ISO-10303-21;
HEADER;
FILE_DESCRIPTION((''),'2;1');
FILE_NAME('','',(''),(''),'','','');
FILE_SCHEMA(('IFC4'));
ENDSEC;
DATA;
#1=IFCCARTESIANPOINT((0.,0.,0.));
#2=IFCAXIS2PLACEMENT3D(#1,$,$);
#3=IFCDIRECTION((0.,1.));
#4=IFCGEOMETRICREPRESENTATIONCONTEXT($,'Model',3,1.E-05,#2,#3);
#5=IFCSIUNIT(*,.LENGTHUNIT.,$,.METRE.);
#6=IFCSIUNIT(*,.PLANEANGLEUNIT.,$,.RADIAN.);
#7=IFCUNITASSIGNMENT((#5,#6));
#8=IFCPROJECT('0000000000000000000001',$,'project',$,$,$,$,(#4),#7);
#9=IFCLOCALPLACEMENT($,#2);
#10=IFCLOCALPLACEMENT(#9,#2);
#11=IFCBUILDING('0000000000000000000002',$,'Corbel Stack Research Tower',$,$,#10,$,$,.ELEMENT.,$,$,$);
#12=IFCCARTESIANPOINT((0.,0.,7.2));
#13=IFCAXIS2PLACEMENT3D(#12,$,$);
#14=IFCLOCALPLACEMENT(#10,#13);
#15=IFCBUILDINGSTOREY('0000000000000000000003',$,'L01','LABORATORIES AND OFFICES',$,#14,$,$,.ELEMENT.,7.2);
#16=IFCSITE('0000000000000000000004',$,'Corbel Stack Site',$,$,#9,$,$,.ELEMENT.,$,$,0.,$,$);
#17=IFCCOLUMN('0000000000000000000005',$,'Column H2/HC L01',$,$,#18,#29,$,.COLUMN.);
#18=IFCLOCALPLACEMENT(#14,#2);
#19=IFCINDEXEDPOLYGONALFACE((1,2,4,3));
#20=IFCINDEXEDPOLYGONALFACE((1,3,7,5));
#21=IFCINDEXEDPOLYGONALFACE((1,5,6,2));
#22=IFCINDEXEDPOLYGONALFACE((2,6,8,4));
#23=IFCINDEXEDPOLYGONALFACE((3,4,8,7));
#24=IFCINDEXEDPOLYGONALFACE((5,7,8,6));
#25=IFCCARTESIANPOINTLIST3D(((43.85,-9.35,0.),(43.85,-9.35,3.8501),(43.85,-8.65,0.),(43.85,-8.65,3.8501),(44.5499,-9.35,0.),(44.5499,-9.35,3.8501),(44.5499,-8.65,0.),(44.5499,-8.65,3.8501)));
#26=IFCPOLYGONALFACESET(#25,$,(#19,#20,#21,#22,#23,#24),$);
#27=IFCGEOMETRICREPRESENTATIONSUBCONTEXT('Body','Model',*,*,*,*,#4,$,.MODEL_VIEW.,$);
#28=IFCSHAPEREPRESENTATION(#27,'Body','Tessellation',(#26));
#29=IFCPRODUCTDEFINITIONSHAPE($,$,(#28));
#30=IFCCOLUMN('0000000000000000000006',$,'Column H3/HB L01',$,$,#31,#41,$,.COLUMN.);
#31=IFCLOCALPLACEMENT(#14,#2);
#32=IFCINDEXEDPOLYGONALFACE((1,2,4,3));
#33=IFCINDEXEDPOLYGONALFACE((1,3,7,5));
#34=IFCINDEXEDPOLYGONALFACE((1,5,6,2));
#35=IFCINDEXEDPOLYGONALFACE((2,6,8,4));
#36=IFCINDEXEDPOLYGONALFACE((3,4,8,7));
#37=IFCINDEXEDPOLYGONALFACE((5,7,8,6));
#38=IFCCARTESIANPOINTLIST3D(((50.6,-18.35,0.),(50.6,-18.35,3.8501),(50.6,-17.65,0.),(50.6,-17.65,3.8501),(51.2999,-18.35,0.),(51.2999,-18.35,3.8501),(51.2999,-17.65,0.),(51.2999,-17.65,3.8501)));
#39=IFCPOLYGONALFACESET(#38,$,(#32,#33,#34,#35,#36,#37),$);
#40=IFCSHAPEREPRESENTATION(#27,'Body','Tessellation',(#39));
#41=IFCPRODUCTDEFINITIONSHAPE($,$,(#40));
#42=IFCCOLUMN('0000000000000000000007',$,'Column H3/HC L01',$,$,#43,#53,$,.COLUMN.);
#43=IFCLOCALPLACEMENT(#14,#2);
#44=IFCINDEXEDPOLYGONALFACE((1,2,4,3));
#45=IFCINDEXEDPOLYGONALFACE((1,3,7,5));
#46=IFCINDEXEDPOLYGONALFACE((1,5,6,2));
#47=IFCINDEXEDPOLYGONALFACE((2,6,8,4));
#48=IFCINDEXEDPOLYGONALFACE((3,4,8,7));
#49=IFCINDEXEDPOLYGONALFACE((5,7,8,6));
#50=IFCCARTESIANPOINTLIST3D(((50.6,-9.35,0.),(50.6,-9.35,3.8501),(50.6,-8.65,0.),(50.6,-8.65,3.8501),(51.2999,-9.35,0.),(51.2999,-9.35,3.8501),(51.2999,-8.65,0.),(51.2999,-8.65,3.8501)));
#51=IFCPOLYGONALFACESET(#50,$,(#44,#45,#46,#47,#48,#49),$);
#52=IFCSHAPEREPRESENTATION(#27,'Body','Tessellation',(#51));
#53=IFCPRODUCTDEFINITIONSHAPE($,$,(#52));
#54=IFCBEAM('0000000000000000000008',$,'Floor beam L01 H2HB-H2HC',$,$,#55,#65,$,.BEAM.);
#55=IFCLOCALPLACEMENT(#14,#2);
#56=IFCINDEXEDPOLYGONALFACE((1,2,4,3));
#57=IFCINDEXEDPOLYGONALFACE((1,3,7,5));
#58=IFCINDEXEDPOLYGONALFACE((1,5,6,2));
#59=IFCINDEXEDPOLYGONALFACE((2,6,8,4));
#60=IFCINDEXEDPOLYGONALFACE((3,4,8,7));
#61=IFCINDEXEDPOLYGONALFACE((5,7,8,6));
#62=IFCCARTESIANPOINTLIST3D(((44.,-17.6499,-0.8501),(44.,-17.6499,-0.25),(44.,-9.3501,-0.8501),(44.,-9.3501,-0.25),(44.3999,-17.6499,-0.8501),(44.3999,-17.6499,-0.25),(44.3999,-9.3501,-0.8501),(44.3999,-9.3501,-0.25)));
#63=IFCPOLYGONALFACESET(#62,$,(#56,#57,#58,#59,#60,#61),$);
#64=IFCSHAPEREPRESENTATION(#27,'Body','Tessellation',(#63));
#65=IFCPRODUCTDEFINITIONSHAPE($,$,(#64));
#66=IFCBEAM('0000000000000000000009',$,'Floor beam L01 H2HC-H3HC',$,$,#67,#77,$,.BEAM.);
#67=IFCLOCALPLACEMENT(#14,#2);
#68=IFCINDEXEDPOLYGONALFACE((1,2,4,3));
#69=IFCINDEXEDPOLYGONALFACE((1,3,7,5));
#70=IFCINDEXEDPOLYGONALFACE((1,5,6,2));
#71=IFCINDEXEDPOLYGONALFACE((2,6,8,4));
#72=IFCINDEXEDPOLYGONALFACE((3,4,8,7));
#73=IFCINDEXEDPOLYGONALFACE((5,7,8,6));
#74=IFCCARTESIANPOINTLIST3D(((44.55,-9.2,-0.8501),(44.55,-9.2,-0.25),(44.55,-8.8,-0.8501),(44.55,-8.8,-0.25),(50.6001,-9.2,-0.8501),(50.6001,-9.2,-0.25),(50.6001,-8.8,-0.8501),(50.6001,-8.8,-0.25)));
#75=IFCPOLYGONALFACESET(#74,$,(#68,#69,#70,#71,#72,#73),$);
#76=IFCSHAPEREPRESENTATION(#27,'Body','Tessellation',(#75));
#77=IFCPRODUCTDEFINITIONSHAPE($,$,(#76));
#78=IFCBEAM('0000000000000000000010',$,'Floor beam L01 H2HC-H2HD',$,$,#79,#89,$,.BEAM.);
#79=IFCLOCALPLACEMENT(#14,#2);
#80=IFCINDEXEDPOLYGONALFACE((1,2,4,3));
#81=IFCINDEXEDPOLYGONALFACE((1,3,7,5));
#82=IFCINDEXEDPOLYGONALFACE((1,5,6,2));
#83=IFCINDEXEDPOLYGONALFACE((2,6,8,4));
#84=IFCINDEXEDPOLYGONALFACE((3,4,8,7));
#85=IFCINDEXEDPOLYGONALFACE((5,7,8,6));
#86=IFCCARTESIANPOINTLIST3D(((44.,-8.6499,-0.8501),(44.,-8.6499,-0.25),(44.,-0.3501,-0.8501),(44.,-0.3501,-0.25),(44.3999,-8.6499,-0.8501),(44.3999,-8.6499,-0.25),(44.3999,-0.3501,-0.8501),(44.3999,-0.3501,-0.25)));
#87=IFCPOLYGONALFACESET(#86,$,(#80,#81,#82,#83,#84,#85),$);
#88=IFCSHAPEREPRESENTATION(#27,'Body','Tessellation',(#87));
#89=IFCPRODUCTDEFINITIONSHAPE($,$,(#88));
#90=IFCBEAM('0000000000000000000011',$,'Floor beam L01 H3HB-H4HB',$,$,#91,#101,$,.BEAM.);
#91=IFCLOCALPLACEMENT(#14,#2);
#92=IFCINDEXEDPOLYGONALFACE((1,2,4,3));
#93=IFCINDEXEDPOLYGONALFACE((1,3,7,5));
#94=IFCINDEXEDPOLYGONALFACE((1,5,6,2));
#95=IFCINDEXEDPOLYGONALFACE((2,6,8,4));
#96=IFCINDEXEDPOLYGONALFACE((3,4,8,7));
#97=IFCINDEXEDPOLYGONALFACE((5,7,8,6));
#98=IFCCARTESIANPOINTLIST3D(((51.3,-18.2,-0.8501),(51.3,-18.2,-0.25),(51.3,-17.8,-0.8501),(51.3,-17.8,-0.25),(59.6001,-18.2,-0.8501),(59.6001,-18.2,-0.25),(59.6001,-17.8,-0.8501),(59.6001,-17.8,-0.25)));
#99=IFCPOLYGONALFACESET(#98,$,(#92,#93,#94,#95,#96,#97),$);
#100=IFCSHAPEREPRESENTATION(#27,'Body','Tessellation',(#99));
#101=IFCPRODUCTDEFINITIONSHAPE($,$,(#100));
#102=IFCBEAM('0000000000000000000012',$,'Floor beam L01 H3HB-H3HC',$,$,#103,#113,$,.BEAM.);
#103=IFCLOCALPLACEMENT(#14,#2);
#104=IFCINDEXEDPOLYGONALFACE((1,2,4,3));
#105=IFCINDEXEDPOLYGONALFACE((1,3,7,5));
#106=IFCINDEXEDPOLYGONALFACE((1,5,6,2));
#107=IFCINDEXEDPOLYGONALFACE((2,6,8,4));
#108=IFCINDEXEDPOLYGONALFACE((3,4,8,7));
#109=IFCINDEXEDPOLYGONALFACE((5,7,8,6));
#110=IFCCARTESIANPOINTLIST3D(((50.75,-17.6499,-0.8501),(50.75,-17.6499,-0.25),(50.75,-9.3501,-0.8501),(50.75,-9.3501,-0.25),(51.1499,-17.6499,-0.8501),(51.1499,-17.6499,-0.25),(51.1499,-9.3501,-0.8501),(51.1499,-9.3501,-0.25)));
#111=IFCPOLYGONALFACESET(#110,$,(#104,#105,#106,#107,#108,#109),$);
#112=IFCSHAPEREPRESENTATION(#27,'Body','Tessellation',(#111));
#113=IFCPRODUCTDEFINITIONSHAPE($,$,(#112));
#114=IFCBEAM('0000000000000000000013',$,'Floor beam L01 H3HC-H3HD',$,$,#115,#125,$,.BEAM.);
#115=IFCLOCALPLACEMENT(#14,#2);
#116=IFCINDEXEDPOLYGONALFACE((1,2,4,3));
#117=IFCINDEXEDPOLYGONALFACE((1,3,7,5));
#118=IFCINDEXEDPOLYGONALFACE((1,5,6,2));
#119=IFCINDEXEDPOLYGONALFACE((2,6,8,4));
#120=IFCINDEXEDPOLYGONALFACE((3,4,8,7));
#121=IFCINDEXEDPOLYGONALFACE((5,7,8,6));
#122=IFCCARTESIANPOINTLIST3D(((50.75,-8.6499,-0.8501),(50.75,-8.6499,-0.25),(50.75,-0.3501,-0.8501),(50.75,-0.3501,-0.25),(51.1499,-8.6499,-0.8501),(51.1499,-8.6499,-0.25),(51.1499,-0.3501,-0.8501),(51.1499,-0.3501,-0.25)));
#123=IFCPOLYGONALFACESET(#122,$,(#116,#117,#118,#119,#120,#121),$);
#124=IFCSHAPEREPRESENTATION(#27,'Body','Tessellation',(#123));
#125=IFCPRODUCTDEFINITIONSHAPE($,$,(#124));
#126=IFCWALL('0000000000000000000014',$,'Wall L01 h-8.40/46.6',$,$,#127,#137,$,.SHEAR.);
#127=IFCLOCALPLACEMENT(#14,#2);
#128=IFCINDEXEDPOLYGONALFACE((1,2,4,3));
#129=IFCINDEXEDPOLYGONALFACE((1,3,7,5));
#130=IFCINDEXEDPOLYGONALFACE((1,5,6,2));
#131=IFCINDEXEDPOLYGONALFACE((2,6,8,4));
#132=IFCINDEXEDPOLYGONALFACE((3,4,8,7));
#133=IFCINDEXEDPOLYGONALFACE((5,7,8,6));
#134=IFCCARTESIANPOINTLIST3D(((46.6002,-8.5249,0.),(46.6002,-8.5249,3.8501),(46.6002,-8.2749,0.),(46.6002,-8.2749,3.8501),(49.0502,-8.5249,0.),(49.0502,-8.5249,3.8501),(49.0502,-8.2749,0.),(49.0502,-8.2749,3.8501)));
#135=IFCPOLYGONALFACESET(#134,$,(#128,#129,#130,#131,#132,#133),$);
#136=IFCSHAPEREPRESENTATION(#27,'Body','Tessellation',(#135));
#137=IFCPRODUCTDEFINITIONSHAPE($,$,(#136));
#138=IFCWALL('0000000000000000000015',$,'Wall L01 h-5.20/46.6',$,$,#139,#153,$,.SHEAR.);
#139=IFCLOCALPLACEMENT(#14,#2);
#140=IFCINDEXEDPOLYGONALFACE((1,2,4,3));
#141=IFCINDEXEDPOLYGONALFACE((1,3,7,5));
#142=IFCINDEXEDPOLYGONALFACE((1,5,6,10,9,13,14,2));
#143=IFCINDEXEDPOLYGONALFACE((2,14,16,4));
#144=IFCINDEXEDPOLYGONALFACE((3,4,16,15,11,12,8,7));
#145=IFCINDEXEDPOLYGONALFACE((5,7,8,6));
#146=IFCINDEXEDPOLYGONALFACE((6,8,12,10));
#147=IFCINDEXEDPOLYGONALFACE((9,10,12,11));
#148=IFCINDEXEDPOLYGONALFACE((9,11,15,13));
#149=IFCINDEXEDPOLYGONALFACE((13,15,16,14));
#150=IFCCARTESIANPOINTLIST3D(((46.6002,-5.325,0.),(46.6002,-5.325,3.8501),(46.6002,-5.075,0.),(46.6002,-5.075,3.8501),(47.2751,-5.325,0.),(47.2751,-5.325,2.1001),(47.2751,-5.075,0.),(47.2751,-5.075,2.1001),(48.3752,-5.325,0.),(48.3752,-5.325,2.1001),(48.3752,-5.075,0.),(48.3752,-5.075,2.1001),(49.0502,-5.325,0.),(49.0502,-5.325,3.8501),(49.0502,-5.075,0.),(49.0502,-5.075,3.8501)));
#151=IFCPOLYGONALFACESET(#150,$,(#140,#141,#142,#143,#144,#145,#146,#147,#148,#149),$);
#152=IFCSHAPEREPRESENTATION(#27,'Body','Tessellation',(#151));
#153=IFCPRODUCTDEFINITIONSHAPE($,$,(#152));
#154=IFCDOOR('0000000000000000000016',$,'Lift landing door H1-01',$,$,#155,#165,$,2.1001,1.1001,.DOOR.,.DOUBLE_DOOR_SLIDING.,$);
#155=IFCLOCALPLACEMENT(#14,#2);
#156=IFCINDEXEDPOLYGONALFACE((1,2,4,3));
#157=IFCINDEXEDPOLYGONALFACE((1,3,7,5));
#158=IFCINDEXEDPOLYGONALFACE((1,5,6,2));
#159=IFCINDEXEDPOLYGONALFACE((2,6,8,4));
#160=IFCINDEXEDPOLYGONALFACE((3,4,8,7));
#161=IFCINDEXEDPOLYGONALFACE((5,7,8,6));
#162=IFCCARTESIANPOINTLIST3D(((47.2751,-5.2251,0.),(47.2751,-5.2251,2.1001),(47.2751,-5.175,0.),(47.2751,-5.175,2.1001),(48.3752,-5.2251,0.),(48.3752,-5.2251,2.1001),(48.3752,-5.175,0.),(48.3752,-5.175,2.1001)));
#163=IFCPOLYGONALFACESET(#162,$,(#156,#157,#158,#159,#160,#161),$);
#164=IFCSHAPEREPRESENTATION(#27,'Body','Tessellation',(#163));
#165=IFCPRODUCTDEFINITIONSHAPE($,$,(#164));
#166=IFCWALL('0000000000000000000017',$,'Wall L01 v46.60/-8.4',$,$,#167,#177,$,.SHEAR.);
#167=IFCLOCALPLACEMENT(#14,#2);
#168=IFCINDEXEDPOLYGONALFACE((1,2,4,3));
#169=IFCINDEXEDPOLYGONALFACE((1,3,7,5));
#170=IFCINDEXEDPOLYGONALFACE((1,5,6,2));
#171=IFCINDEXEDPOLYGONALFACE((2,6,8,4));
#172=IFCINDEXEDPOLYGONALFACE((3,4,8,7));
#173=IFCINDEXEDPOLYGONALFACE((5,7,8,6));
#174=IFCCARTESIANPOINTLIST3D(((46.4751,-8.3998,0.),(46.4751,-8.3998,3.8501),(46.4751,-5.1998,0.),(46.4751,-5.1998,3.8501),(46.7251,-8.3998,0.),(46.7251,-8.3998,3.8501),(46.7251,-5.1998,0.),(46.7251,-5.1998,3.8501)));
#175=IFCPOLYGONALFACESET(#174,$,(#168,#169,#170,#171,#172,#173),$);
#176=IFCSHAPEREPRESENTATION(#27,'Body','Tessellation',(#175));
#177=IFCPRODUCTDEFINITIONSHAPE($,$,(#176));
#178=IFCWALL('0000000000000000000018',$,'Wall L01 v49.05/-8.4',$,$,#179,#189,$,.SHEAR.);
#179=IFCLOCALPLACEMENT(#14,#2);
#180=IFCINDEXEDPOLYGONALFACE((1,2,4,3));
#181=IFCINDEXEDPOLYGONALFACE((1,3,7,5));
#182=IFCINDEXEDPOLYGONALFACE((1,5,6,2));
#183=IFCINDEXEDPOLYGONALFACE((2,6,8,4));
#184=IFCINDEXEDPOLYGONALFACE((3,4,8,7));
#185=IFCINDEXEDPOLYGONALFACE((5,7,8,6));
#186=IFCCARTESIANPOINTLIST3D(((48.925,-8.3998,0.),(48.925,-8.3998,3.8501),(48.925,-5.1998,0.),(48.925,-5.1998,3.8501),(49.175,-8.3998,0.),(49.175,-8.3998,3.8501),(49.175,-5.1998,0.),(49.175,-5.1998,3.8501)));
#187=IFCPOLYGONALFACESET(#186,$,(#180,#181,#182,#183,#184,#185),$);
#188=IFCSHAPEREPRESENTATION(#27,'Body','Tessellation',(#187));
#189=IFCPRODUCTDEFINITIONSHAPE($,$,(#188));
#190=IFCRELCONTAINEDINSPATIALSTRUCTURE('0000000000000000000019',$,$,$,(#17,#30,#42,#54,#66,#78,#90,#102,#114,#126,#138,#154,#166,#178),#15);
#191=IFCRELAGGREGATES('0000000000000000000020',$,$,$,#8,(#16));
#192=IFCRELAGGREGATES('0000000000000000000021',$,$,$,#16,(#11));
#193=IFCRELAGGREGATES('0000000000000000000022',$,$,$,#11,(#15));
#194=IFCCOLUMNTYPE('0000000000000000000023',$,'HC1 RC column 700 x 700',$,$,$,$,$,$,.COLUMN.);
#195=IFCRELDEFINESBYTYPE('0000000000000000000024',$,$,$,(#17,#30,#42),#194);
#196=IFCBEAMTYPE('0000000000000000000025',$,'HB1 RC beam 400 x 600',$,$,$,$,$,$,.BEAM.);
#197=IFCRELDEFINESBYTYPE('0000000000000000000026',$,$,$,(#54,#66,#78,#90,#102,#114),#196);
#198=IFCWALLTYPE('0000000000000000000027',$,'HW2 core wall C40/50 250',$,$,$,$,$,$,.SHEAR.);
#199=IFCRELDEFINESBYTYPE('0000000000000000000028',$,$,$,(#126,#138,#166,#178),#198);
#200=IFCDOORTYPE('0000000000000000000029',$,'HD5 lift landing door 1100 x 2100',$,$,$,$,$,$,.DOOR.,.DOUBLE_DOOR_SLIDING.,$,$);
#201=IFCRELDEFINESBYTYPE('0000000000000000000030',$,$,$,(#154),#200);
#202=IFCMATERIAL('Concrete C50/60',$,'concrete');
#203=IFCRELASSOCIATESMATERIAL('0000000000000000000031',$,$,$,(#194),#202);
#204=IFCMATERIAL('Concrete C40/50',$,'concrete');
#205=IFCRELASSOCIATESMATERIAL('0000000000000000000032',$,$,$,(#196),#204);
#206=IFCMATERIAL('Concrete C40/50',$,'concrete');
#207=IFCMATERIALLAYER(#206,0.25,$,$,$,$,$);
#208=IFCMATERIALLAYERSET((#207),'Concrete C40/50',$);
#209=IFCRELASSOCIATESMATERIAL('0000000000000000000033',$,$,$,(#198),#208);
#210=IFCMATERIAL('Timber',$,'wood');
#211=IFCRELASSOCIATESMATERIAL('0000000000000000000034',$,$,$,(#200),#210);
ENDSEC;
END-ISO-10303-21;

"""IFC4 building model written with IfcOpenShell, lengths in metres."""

from ifc_helpers import new_model, si_unit, direction, frame, frame_2d, origin, origin_2d, place, context, subcontext, project, spatial, rectangle, extrude, material, layer, layer_set, material_profile, profile_set, type_object, element, fill, save


model = new_model("IFC4")

# Units and contexts
model_context = context("Model", 3, precision=1e-05, world=origin(), true_north=direction((0.0, 1.0)))
body_context = subcontext(model_context, "Body", "Model", "MODEL_VIEW")
ifc_project = project(units=[si_unit("LENGTHUNIT", "METRE"), si_unit("PLANEANGLEUNIT", "RADIAN")], contexts=[model_context])

# Site, building, storey
site_placement = place(None, origin())
site = spatial("IfcSite", under=ifc_project, at=site_placement, Name="Corbel Stack Site", CompositionType="ELEMENT", RefElevation=0.0)
building_placement = place(site_placement, origin())
building = spatial("IfcBuilding", under=site, at=building_placement, Name="Corbel Stack Research Tower", CompositionType="ELEMENT")
storey_placement = place(building_placement, frame((0.0, 0.0, 7.2)))
storey = spatial("IfcBuildingStorey", under=building, at=storey_placement, Name="L01", Description="LABORATORIES AND OFFICES", CompositionType="ELEMENT", Elevation=7.2)

# Columns
ifc_material_1 = material(Name="Concrete C50/60", Category="concrete")
ifc_material_profile_1 = material_profile(ifc_material_1, rectangle(XDim=0.7, YDim=0.7, at=origin_2d()), Name="RC 700 x 700")
ifc_profile_set_1 = profile_set([ifc_material_profile_1], Name="Concrete C50/60")
column_type = type_object("IfcColumnType", Name="HC1 RC column 700 x 700", PredefinedType="COLUMN", material=ifc_profile_set_1)
for number, where, z_axis, x_axis, name in (
    (1, (44.2, -9.0, 0.0), (0.0, 0.0, 1.0), (1.0, 0.0, 0.0), "Column H2/HC L01"),
    (2, (50.95, -18.0, 0.0), (0.0, 0.0, 1.0), (1.0, 0.0, 0.0), "Column H3/HB L01"),
    (3, (50.95, -9.0, 0.0), (0.0, 0.0, 1.0), (1.0, 0.0, 0.0), "Column H3/HC L01"),
):
    element("IfcColumn", number, at=place(storey_placement, frame(where, z_axis=z_axis, x_axis=x_axis)), inside=storey, type_object=column_type, Name=name, PredefinedType="COLUMN", context=body_context, shape_type="SweptSolid", body=[
        extrude(rectangle(XDim=0.7, YDim=0.7, at=origin_2d()), origin(), (0.0, 0.0, 1.0), 3.8501),
    ])

# Beams
ifc_material_2 = material(Name="Concrete C40/50", Category="concrete")
ifc_material_profile_2 = material_profile(ifc_material_2, rectangle(XDim=0.3999, YDim=0.6001, at=origin_2d()), Name="RC 400 x 600")
ifc_profile_set_2 = profile_set([ifc_material_profile_2], Name="Concrete C40/50")
beam_type = type_object("IfcBeamType", Name="HB1 RC beam 400 x 600", PredefinedType="BEAM", material=ifc_profile_set_2)
beam_1_placement = place(storey_placement, frame((44.2, -17.6499, -0.55), z_axis=(0.0, 1.0, 0.0), x_axis=(-1.0, 0.0, 0.0)))
element("IfcBeam", 4, at=beam_1_placement, inside=storey, type_object=beam_type, Name="Floor beam L01 H2HB-H2HC", PredefinedType="BEAM", context=body_context, shape_type="SweptSolid", body=[
    extrude(rectangle(XDim=0.3999, YDim=0.6001, at=origin_2d()), origin(), (0.0, 0.0, 1.0), 8.2998),
])
beam_2_placement = place(storey_placement, frame((44.55, -9.0, -0.55), z_axis=(1.0, 0.0, 0.0), x_axis=(0.0, 1.0, 0.0)))
element("IfcBeam", 5, at=beam_2_placement, inside=storey, type_object=beam_type, Name="Floor beam L01 H2HC-H3HC", PredefinedType="BEAM", context=body_context, shape_type="SweptSolid", body=[
    extrude(rectangle(XDim=0.3999, YDim=0.6001, at=origin_2d()), origin(), (0.0, 0.0, 1.0), 6.05),
])
beam_3_placement = place(storey_placement, frame((44.2, -8.6499, -0.55), z_axis=(0.0, 1.0, 0.0), x_axis=(-1.0, 0.0, 0.0)))
element("IfcBeam", 6, at=beam_3_placement, inside=storey, type_object=beam_type, Name="Floor beam L01 H2HC-H2HD", PredefinedType="BEAM", context=body_context, shape_type="SweptSolid", body=[
    extrude(rectangle(XDim=0.3999, YDim=0.6001, at=origin_2d()), origin(), (0.0, 0.0, 1.0), 8.2998),
])
beam_4_placement = place(storey_placement, frame((51.3, -18.0, -0.55), z_axis=(1.0, 0.0, 0.0), x_axis=(0.0, 1.0, 0.0)))
element("IfcBeam", 7, at=beam_4_placement, inside=storey, type_object=beam_type, Name="Floor beam L01 H3HB-H4HB", PredefinedType="BEAM", context=body_context, shape_type="SweptSolid", body=[
    extrude(rectangle(XDim=0.3999, YDim=0.6001, at=origin_2d()), origin(), (0.0, 0.0, 1.0), 8.3),
])
for number, where, z_axis, x_axis, name in (
    (8, (50.95, -17.6499, -0.55), (0.0, 1.0, 0.0), (-1.0, 0.0, 0.0), "Floor beam L01 H3HB-H3HC"),
    (9, (50.95, -8.6499, -0.55), (0.0, 1.0, 0.0), (-1.0, 0.0, 0.0), "Floor beam L01 H3HC-H3HD"),
):
    element("IfcBeam", number, at=place(storey_placement, frame(where, z_axis=z_axis, x_axis=x_axis)), inside=storey, type_object=beam_type, Name=name, PredefinedType="BEAM", context=body_context, shape_type="SweptSolid", body=[
        extrude(rectangle(XDim=0.3999, YDim=0.6001, at=origin_2d()), origin(), (0.0, 0.0, 1.0), 8.2998),
    ])

# Wall
ifc_material_3 = material(Name="Concrete C40/50", Category="concrete")
ifc_layer_1 = layer(ifc_material_3, 0.25)
ifc_layer_set_1 = layer_set([ifc_layer_1], Name="Concrete C40/50")
wall_type_1 = type_object("IfcWallType", Name="HW2 core wall C40/50 250", PredefinedType="SHEAR", material=ifc_layer_set_1)
wall_1_placement = place(storey_placement, frame((46.6001, -8.3999, 0.0), z_axis=(0.0, 0.0, 1.0), x_axis=(1.0, 0.0, 0.0)))
element("IfcWall", 10, at=wall_1_placement, inside=storey, type_object=wall_type_1, Name="Wall L01 h-8.40/46.6", PredefinedType="SHEAR", context=body_context, shape_type="SweptSolid", body=[
    extrude(rectangle(XDim=2.45, YDim=0.25, at=frame_2d((1.2251, 0.0))), origin(), (0.0, 0.0, 1.0), 3.8501),
])

# Wall, opening, door
wall_2_placement = place(storey_placement, frame((46.6001, -5.2, 0.0), z_axis=(0.0, 0.0, 1.0), x_axis=(1.0, 0.0, 0.0)))
wall_2 = element("IfcWall", 11, at=wall_2_placement, inside=storey, type_object=wall_type_1, Name="Wall L01 h-5.20/46.6", PredefinedType="SHEAR", context=body_context, shape_type="SweptSolid", body=[
    extrude(rectangle(XDim=2.45, YDim=0.25, at=frame_2d((1.2251, 0.0))), origin(), (0.0, 0.0, 1.0), 3.8501),
])
opening_1_placement = place(wall_2_placement, frame((0.675, 0.0, 0.0)))
opening_1 = element("IfcOpeningElement", 12, at=opening_1_placement, cuts=wall_2, PredefinedType="OPENING", context=body_context, shape_type="SweptSolid", body=[
    extrude(rectangle(XDim=1.1001, YDim=2.1001, at=frame_2d((0.55, 1.05))), frame((0.0, 0.135, 0.0), z_axis=(0.0, -1.0, 0.0), x_axis=(1.0, 0.0, 0.0)), (0.0, 0.0, 1.0), 0.27),
])
ifc_material_4 = material(Name="Timber", Category="wood")
door_type_1 = type_object("IfcDoorType", Name="HD5 lift landing door 1100 x 2100", OperationType="DOUBLE_DOOR_SLIDING", PredefinedType="DOOR", material=ifc_material_4)
door_1_placement = place(opening_1_placement, origin())
door_1 = element("IfcDoor", 13, at=door_1_placement, inside=storey, type_object=door_type_1, Name="Lift landing door H1-01", OperationType="DOUBLE_DOOR_SLIDING", OverallHeight=2.1001, OverallWidth=1.1001, PredefinedType="DOOR", context=body_context, shape_type="SweptSolid", body=[
    extrude(rectangle(XDim=1.1001, YDim=2.1001, at=frame_2d((0.55, 1.05))), frame((0.0, 0.0249, 0.0), z_axis=(0.0, -1.0, 0.0), x_axis=(1.0, 0.0, 0.0)), (0.0, 0.0, 1.0), 0.05),
])
fill(opening_1, door_1)

# Walls
for number, where, z_axis, x_axis, name in (
    (14, (46.6001, -8.3999, 0.0), (0.0, 0.0, 1.0), (0.0, 1.0, 0.0), "Wall L01 v46.60/-8.4"),
    (15, (49.05, -8.3999, 0.0), (0.0, 0.0, 1.0), (0.0, 1.0, 0.0), "Wall L01 v49.05/-8.4"),
):
    element("IfcWall", number, at=place(storey_placement, frame(where, z_axis=z_axis, x_axis=x_axis)), inside=storey, type_object=wall_type_1, Name=name, PredefinedType="SHEAR", context=body_context, shape_type="SweptSolid", body=[
        extrude(rectangle(XDim=3.2, YDim=0.25, at=frame_2d((1.6001, 0.0))), origin(), (0.0, 0.0, 1.0), 3.8501),
    ])

save(model, "model.ifc")
